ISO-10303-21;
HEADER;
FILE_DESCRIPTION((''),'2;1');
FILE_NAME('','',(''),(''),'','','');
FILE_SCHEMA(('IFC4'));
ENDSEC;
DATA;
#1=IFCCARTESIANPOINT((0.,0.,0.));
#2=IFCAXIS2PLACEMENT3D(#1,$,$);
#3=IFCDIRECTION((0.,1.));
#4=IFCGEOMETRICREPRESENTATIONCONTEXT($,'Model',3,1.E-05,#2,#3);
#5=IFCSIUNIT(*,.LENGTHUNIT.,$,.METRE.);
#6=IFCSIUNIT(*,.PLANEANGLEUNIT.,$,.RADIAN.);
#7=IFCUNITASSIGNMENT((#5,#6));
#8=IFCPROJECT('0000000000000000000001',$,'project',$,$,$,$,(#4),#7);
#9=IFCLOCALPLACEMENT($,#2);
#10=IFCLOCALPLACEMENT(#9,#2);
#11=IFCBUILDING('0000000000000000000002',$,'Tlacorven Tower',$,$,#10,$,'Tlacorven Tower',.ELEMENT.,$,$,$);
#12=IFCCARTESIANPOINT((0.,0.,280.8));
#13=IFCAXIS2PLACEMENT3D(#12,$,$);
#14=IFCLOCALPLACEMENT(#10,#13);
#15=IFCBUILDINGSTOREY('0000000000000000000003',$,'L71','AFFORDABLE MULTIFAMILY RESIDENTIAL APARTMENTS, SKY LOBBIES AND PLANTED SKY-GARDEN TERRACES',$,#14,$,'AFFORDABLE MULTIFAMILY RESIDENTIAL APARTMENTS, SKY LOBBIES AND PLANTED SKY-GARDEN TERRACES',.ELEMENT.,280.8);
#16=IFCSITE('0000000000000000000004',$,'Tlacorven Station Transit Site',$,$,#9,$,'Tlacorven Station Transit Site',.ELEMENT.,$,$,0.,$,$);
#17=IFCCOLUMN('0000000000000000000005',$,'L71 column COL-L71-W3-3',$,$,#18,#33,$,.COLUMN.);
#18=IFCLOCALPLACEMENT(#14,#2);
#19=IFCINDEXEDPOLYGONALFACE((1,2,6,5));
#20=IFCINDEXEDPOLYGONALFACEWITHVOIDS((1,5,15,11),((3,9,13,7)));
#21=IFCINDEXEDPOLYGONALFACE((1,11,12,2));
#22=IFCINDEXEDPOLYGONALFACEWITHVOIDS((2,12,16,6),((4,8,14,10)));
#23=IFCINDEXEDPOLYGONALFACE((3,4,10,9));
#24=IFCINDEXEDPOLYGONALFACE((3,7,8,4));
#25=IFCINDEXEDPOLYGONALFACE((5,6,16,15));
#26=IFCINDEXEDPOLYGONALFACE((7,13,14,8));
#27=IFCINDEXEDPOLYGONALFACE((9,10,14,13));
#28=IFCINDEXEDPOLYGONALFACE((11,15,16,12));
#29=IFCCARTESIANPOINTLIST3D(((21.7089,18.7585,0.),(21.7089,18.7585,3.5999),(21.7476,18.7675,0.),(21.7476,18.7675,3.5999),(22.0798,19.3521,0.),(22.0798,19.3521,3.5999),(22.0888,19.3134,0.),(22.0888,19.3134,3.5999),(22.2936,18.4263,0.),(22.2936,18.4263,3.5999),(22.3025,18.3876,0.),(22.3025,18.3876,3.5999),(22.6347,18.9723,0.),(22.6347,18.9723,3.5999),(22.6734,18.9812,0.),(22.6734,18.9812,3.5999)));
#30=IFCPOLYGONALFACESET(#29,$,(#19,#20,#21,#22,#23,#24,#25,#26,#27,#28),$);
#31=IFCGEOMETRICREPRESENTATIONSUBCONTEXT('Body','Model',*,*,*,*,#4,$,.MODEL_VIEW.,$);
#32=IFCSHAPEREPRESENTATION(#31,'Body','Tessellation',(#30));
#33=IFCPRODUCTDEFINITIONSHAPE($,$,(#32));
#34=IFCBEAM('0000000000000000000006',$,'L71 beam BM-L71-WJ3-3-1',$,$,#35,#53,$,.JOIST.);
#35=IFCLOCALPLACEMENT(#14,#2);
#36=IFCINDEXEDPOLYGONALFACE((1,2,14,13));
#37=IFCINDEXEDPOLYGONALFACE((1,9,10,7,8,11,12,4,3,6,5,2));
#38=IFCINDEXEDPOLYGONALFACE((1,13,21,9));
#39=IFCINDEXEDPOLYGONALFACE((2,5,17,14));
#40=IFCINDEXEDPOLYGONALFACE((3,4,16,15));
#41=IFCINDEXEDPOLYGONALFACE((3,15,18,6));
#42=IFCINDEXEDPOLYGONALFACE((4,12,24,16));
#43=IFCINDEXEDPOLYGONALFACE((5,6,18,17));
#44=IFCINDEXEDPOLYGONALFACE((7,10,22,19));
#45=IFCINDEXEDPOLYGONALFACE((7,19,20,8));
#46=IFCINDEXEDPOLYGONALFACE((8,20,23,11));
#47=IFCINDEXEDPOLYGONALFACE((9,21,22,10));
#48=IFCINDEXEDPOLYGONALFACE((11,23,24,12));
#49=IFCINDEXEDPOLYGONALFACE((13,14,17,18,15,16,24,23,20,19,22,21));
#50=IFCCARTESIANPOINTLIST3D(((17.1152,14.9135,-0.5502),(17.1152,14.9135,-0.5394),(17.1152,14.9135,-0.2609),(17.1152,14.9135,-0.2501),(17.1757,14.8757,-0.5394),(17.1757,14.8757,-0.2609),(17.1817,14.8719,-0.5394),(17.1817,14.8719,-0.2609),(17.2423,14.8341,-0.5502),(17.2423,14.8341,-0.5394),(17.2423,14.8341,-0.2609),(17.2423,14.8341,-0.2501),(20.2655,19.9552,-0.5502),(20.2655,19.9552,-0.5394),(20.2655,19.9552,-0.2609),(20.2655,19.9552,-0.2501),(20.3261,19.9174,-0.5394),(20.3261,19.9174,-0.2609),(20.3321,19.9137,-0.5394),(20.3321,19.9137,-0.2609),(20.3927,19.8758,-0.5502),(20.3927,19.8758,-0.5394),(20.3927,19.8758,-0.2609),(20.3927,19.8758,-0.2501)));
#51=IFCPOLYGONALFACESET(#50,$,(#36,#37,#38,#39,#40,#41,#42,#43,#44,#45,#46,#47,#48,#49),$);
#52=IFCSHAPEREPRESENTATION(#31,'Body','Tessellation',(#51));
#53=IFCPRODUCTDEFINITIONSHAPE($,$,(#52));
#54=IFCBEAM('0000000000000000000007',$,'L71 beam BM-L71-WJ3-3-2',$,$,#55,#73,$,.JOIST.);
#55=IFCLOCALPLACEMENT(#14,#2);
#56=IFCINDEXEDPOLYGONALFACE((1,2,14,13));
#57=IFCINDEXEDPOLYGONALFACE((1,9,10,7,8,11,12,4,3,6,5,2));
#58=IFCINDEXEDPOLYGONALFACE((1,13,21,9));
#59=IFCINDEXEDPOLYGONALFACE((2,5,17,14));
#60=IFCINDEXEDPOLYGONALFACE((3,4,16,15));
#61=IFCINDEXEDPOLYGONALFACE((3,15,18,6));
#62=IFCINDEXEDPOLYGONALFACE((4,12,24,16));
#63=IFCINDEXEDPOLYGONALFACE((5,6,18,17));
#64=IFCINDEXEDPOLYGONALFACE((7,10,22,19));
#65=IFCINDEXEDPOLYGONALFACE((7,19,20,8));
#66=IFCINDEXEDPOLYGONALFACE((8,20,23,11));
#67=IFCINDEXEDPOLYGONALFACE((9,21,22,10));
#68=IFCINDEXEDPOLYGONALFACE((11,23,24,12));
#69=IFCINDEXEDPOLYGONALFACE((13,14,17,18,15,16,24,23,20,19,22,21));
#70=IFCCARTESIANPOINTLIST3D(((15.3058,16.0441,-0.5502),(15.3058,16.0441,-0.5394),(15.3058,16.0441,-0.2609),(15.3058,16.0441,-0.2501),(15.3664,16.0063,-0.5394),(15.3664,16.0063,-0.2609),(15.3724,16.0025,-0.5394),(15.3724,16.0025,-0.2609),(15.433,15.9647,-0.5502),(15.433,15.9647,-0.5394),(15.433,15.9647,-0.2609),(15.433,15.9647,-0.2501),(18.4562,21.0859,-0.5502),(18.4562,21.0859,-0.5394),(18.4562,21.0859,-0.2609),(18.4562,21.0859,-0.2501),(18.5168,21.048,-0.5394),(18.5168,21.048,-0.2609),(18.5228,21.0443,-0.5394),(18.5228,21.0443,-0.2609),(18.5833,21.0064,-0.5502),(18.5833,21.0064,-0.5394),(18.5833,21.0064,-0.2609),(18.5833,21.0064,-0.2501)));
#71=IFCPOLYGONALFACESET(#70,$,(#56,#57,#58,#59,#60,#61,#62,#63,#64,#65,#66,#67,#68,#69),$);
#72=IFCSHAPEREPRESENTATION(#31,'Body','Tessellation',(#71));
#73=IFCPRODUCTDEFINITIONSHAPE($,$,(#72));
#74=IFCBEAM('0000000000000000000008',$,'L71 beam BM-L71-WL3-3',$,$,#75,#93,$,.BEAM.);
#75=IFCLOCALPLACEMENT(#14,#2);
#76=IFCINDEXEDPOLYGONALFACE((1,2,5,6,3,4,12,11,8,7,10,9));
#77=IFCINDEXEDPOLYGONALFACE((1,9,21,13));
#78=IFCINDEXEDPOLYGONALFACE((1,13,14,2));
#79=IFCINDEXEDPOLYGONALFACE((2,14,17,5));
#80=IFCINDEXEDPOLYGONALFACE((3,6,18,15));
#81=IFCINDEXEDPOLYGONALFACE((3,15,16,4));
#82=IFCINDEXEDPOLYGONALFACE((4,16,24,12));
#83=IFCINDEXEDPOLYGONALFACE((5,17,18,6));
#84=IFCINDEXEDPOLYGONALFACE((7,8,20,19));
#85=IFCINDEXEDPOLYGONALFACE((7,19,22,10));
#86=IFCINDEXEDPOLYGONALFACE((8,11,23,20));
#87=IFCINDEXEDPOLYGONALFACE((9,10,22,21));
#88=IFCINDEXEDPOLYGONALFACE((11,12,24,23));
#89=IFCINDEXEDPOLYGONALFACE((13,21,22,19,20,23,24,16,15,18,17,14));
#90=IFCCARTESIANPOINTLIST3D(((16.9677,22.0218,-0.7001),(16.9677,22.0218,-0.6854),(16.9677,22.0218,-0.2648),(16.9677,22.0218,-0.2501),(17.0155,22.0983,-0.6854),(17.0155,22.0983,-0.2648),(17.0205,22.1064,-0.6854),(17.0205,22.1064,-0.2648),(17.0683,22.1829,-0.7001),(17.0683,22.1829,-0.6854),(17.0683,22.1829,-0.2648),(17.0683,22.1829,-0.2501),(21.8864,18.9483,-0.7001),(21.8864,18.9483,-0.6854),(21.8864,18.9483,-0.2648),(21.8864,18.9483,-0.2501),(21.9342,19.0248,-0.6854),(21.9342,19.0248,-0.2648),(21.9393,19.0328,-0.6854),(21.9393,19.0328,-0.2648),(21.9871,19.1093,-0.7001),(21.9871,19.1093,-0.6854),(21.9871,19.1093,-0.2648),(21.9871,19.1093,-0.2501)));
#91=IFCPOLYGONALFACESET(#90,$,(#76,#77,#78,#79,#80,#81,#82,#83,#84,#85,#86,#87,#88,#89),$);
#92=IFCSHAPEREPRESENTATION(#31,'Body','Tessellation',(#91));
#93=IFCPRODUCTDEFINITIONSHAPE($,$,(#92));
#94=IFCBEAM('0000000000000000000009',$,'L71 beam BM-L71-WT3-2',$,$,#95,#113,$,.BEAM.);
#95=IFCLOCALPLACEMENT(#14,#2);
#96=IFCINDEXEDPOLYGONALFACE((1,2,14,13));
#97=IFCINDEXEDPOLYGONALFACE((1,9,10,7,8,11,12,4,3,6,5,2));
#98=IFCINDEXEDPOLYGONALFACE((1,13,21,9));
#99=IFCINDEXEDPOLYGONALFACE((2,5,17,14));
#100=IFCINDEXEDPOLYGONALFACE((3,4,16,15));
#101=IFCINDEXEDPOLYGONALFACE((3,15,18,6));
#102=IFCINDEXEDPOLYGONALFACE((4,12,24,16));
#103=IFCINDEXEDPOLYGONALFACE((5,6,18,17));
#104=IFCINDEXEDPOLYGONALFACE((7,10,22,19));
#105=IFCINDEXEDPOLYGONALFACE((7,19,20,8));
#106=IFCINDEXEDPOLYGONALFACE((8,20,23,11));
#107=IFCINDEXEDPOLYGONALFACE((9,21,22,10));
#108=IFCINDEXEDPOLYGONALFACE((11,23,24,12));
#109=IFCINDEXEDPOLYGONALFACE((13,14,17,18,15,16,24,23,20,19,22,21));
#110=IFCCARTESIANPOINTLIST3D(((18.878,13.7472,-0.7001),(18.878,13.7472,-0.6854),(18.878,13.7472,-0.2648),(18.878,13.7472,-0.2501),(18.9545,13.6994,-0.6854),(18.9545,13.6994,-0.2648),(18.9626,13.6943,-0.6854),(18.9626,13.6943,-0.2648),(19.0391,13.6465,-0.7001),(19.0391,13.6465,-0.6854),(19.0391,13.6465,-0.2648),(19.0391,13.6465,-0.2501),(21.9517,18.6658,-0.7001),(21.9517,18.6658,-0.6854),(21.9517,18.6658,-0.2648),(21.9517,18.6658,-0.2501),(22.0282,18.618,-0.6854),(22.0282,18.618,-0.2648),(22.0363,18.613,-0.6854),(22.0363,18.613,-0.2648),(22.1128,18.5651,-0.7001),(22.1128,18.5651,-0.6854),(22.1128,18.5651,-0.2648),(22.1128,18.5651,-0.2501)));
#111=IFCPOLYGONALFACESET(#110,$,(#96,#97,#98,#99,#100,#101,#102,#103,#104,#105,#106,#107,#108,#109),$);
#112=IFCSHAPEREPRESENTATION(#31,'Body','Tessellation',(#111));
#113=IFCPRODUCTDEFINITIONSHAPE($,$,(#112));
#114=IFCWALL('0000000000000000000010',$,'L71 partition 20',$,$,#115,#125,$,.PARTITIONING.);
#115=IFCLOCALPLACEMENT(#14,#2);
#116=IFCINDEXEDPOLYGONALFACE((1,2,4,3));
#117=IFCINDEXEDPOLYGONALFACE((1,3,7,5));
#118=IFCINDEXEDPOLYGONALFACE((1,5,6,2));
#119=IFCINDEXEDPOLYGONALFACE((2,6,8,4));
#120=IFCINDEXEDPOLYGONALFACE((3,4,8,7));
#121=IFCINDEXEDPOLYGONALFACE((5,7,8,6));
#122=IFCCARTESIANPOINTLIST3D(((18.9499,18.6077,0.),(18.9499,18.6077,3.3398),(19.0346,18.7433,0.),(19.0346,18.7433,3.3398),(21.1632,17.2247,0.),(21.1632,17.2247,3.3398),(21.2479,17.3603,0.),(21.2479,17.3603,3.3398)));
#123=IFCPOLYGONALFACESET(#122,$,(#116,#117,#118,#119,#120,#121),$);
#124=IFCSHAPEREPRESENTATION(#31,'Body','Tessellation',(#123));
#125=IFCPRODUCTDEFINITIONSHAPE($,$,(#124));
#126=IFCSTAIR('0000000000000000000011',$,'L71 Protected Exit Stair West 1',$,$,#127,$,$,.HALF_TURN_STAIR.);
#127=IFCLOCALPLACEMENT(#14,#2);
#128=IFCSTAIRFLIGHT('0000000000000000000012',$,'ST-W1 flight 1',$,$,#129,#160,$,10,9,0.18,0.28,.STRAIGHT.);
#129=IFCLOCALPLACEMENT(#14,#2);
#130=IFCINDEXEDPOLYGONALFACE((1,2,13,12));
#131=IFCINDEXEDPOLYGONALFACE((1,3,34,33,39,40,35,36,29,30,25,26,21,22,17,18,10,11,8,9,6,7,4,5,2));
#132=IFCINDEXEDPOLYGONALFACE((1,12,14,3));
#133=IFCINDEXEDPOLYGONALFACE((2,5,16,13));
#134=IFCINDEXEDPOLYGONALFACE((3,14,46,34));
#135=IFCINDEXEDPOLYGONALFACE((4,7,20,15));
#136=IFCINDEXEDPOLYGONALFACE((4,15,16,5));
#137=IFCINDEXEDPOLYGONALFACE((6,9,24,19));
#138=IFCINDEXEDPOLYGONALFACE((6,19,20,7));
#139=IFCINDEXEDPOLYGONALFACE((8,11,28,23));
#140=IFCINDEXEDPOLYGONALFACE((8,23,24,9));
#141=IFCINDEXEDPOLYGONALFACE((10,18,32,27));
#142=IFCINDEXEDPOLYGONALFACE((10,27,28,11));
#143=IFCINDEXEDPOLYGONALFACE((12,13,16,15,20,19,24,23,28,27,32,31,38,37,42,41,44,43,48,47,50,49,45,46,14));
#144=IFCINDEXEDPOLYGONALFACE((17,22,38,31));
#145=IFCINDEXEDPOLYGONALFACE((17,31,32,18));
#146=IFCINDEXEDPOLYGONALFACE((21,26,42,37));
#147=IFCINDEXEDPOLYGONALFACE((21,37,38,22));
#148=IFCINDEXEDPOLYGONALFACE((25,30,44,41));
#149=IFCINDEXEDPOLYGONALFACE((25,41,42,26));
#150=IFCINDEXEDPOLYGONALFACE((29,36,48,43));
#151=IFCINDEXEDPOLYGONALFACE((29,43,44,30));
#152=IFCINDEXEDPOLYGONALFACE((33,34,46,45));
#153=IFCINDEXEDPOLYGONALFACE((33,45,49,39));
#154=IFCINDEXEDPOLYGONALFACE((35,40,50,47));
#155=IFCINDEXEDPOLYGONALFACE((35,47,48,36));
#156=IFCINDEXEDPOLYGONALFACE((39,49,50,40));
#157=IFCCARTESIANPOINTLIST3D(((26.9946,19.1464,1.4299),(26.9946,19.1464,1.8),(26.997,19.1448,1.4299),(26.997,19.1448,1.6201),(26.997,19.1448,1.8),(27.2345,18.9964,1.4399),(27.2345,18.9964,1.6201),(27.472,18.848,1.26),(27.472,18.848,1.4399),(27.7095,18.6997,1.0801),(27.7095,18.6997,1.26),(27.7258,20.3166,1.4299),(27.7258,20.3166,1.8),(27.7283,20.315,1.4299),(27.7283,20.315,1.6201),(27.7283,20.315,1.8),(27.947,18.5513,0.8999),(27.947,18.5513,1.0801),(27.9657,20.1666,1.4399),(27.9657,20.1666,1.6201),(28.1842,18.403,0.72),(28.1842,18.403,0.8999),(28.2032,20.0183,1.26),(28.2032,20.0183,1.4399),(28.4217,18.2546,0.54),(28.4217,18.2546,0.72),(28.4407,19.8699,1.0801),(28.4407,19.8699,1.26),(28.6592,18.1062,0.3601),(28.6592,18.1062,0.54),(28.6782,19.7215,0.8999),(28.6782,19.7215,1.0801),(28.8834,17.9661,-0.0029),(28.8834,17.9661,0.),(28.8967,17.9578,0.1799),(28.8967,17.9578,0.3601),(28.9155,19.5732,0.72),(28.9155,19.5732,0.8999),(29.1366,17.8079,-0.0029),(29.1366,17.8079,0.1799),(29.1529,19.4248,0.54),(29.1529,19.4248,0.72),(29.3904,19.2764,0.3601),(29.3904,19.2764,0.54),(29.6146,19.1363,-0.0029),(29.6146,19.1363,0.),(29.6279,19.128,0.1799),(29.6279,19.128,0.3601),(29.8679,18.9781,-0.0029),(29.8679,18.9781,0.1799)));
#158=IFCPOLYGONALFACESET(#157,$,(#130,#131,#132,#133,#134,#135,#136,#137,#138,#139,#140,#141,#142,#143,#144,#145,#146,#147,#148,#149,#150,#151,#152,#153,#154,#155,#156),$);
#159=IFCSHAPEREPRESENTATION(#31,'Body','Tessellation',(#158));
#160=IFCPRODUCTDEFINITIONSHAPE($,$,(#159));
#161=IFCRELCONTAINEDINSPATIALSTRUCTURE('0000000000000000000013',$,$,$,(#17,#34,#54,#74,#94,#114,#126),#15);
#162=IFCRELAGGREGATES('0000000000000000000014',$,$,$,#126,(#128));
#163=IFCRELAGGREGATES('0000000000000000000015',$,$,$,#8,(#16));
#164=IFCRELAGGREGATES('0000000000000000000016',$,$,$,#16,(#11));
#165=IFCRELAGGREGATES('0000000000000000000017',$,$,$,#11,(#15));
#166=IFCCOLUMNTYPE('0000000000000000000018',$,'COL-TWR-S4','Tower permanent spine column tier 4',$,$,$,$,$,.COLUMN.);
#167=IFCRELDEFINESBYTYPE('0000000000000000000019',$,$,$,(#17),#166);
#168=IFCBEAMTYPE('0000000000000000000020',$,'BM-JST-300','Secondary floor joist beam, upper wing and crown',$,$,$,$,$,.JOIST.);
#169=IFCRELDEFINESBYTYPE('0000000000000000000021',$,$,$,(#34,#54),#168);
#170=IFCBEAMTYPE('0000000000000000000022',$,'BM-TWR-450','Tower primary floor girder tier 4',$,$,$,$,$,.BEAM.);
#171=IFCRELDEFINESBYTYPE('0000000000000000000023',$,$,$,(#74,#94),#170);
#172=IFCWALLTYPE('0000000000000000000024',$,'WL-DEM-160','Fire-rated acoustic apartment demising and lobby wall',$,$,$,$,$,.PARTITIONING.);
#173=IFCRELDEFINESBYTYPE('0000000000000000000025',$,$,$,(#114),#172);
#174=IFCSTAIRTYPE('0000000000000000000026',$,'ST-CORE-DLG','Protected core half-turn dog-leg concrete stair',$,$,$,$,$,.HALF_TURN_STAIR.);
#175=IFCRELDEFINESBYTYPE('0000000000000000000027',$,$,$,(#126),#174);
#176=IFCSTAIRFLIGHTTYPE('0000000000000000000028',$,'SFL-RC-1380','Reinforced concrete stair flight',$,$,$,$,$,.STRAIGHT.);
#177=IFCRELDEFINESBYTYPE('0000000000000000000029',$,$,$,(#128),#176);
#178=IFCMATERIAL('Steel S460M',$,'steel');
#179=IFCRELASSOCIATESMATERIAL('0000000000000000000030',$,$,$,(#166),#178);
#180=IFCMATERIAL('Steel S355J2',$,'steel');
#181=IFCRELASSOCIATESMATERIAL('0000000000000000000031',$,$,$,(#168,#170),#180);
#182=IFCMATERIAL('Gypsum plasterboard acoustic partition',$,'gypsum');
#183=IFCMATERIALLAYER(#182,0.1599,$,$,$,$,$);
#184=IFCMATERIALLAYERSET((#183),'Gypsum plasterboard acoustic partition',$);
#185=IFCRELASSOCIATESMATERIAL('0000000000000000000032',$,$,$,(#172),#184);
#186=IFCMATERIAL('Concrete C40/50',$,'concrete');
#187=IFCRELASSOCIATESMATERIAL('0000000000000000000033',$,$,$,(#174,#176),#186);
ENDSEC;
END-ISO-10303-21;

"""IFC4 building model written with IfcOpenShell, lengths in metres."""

from ifc_helpers import new_model, si_unit, direction, frame, frame_2d, origin, origin_2d, place, context, subcontext, project, spatial, polyline, rectangle, hollow_rectangle, i_section, outline, extrude, source, transform, mapped, material, layer, layer_set, material_profile, profile_set, type_object, element, aggregate, save


model = new_model("IFC4")

# Units and contexts
model_context = context("Model", 3, precision=1e-05, world=origin(), true_north=direction((0.0, 1.0)))
body_context = subcontext(model_context, "Body", "Model", "MODEL_VIEW")
ifc_project = project(units=[si_unit("LENGTHUNIT", "METRE"), si_unit("PLANEANGLEUNIT", "RADIAN")], contexts=[model_context])

# Site, building, storey
site_placement = place(None, origin())
site = spatial("IfcSite", under=ifc_project, at=site_placement, Name="Tlacorven Station Transit Site", LongName="Tlacorven Station Transit Site", CompositionType="ELEMENT", RefElevation=0.0)
building_placement = place(site_placement, origin())
building = spatial("IfcBuilding", under=site, at=building_placement, Name="Tlacorven Tower", LongName="Tlacorven Tower", CompositionType="ELEMENT")
storey_placement = place(building_placement, frame((0.0, 0.0, 280.8)))
storey = spatial("IfcBuildingStorey", under=building, at=storey_placement, Name="L71", Description="AFFORDABLE MULTIFAMILY RESIDENTIAL APARTMENTS, SKY LOBBIES AND PLANTED SKY-GARDEN TERRACES", LongName="AFFORDABLE MULTIFAMILY RESIDENTIAL APARTMENTS, SKY LOBBIES AND PLANTED SKY-GARDEN TERRACES", CompositionType="ELEMENT", Elevation=280.8)

# Column
ifc_material_1 = material(Name="Steel S460M", Category="steel")
ifc_material_profile_1 = material_profile(ifc_material_1, hollow_rectangle(XDim=0.7, YDim=0.7, WallThickness=0.0281, at=origin_2d()), Name="BOX 700X700X28")
ifc_profile_set_1 = profile_set([ifc_material_profile_1], Name="Steel S460M")
column_type = type_object("IfcColumnType", Name="COL-TWR-S4", Description="Tower permanent spine column tier 4", PredefinedType="COLUMN", material=ifc_profile_set_1)
shared_shape_1 = source(origin(), body_context, "Body", "SweptSolid", [
    extrude(hollow_rectangle(XDim=0.7, YDim=0.7, WallThickness=0.0281, at=origin_2d()), origin(), (0.0, 0.0, 1.0), 3.5999),
])
column_placement = place(storey_placement, frame((22.1912, 18.8699, 0.0), z_axis=(0.0, 0.0, 1.0), x_axis=(-0.848048, 0.529919, 0.0)))
element("IfcColumn", 1, at=column_placement, inside=storey, type_object=column_type, Name="L71 column COL-L71-W3-3", PredefinedType="COLUMN", context=body_context, shape_type="MappedRepresentation", body=[
    mapped(shared_shape_1, transform((0.0, 0.0, 0.0), scale=1.0)),
])

# Beams
ifc_material_2 = material(Name="Steel S355J2", Category="steel")
ifc_material_profile_2 = material_profile(ifc_material_2, i_section(OverallWidth=0.1499, OverallDepth=0.3, WebThickness=0.0071, FlangeThickness=0.0107, at=origin_2d()), Name="IPE 300")
ifc_profile_set_2 = profile_set([ifc_material_profile_2], Name="Steel S355J2")
beam_type_1 = type_object("IfcBeamType", Name="BM-JST-300", Description="Secondary floor joist beam, upper wing and crown", PredefinedType="JOIST", material=ifc_profile_set_2)
shared_shape_2 = source(origin(), body_context, "Body", "SweptSolid", [
    extrude(i_section(OverallWidth=0.1499, OverallDepth=0.3, WebThickness=0.0071, FlangeThickness=0.0107, at=origin_2d()), origin(), (0.0, 0.0, 1.0), 5.9451),
])
for number, where, z_axis, x_axis, name in (
    (2, (20.3291, 19.9155, -0.4001), (-0.529914, -0.848051, 0.0), (0.848051, -0.529914, 0.0), "L71 beam BM-L71-WJ3-3-1"),
    (3, (18.5198, 21.0461, -0.4001), (-0.529914, -0.848051, 0.0), (0.848051, -0.529914, 0.0), "L71 beam BM-L71-WJ3-3-2"),
):
    element("IfcBeam", number, at=place(storey_placement, frame(where, z_axis=z_axis, x_axis=x_axis)), inside=storey, type_object=beam_type_1, Name=name, PredefinedType="JOIST", context=body_context, shape_type="MappedRepresentation", body=[
        mapped(shared_shape_2, transform((0.0, 0.0, 0.0), scale=1.0)),
    ])
ifc_material_profile_3 = material_profile(ifc_material_2, i_section(OverallWidth=0.1899, OverallDepth=0.45, WebThickness=0.0095, FlangeThickness=0.0146, at=origin_2d()), Name="IPE 450")
ifc_profile_set_3 = profile_set([ifc_material_profile_3], Name="Steel S355J2")
beam_type_2 = type_object("IfcBeamType", Name="BM-TWR-450", Description="Tower primary floor girder tier 4", PredefinedType="BEAM", material=ifc_profile_set_3)
shared_shape_3 = source(origin(), body_context, "Body", "SweptSolid", [
    extrude(i_section(OverallWidth=0.1899, OverallDepth=0.45, WebThickness=0.0095, FlangeThickness=0.0146, at=origin_2d()), origin(), (0.0, 0.0, 1.0), 5.8),
])
for number, where, z_axis, x_axis, name in (
    (4, (21.9368, 19.0288, -0.4751), (-0.848053, 0.529912, 0.0), (-0.529912, -0.848053, 0.0), "L71 beam BM-L71-WL3-3"),
    (5, (22.0322, 18.6155, -0.4751), (-0.529942, -0.848034, 0.0), (0.848034, -0.529942, 0.0), "L71 beam BM-L71-WT3-2"),
):
    element("IfcBeam", number, at=place(storey_placement, frame(where, z_axis=z_axis, x_axis=x_axis)), inside=storey, type_object=beam_type_2, Name=name, PredefinedType="BEAM", context=body_context, shape_type="MappedRepresentation", body=[
        mapped(shared_shape_3, transform((0.0, 0.0, 0.0), scale=1.0)),
    ])

# Wall
ifc_material_3 = material(Name="Gypsum plasterboard acoustic partition", Category="gypsum")
ifc_layer = layer(ifc_material_3, 0.1599)
ifc_layer_set = layer_set([ifc_layer], Name="Gypsum plasterboard acoustic partition")
wall_type = type_object("IfcWallType", Name="WL-DEM-160", Description="Fire-rated acoustic apartment demising and lobby wall", PredefinedType="PARTITIONING", material=ifc_layer_set)
wall_placement = place(storey_placement, frame((21.2056, 17.2925, 0.0), z_axis=(0.0, 0.0, 1.0), x_axis=(-0.848051, 0.529915, 0.0)))
element("IfcWall", 6, at=wall_placement, inside=storey, type_object=wall_type, Name="L71 partition 20", PredefinedType="PARTITIONING", context=body_context, shape_type="SweptSolid", body=[
    extrude(rectangle(XDim=2.6099, YDim=0.1599, at=frame_2d((1.3049, 0.0))), origin(), (0.0, 0.0, 1.0), 3.3398),
])

# Stair, stair flight
ifc_material_4 = material(Name="Concrete C40/50", Category="concrete")
stair_type = type_object("IfcStairType", Name="ST-CORE-DLG", Description="Protected core half-turn dog-leg concrete stair", PredefinedType="HALF_TURN_STAIR", material=ifc_material_4)
stair_placement = place(storey_placement, origin())
stair = element("IfcStair", 7, at=stair_placement, inside=storey, type_object=stair_type, Name="L71 Protected Exit Stair West 1", PredefinedType="HALF_TURN_STAIR")
stair_flight_type = type_object("IfcStairFlightType", Name="SFL-RC-1380", Description="Reinforced concrete stair flight", PredefinedType="STRAIGHT", material=ifc_material_4)
shared_shape_4 = source(origin(), body_context, "Body", "SweptSolid", [
    extrude(outline(polyline([(-0.0029, -0.0029), (-0.0029, 0.1799), (0.28, 0.1799), (0.28, 0.3601), (0.5601, 0.3601), (0.5601, 0.54), (0.8401, 0.54), (0.8401, 0.72), (1.1201, 0.72), (1.1201, 0.8999), (1.3999, 0.8999), (1.3999, 1.0801), (1.6799, 1.0801), (1.6799, 1.26), (1.96, 1.26), (1.96, 1.4399), (2.24, 1.4399), (2.24, 1.6201), (2.52, 1.6201), (2.52, 1.8), (2.5229, 1.8), (2.5229, 1.4299), (2.52, 1.4299), (0.2957, 0.0), (0.2957, -0.0029), (-0.0029, -0.0029)])), frame((0.0, 0.6899, 0.0), z_axis=(0.0, -1.0, 0.0), x_axis=(1.0, 0.0, 0.0)), (0.0, 0.0, 1.0), 1.3799),
])
stair_flight_1_placement = place(storey_placement, frame((29.4998, 18.3945, 0.0), z_axis=(0.0, 0.0, 1.0), x_axis=(-0.848048, 0.529919, 0.0)))
stair_flight_1 = element("IfcStairFlight", 8, at=stair_flight_1_placement, type_object=stair_flight_type, Name="ST-W1 flight 1", NumberOfRisers=10, NumberOfTreads=9, PredefinedType="STRAIGHT", RiserHeight=0.18, TreadLength=0.28, context=body_context, shape_type="MappedRepresentation", body=[
    mapped(shared_shape_4, transform((0.0, 0.0, 0.0), scale=1.0)),
])
aggregate(stair, [stair_flight_1])

save(model, "model.ifc")
